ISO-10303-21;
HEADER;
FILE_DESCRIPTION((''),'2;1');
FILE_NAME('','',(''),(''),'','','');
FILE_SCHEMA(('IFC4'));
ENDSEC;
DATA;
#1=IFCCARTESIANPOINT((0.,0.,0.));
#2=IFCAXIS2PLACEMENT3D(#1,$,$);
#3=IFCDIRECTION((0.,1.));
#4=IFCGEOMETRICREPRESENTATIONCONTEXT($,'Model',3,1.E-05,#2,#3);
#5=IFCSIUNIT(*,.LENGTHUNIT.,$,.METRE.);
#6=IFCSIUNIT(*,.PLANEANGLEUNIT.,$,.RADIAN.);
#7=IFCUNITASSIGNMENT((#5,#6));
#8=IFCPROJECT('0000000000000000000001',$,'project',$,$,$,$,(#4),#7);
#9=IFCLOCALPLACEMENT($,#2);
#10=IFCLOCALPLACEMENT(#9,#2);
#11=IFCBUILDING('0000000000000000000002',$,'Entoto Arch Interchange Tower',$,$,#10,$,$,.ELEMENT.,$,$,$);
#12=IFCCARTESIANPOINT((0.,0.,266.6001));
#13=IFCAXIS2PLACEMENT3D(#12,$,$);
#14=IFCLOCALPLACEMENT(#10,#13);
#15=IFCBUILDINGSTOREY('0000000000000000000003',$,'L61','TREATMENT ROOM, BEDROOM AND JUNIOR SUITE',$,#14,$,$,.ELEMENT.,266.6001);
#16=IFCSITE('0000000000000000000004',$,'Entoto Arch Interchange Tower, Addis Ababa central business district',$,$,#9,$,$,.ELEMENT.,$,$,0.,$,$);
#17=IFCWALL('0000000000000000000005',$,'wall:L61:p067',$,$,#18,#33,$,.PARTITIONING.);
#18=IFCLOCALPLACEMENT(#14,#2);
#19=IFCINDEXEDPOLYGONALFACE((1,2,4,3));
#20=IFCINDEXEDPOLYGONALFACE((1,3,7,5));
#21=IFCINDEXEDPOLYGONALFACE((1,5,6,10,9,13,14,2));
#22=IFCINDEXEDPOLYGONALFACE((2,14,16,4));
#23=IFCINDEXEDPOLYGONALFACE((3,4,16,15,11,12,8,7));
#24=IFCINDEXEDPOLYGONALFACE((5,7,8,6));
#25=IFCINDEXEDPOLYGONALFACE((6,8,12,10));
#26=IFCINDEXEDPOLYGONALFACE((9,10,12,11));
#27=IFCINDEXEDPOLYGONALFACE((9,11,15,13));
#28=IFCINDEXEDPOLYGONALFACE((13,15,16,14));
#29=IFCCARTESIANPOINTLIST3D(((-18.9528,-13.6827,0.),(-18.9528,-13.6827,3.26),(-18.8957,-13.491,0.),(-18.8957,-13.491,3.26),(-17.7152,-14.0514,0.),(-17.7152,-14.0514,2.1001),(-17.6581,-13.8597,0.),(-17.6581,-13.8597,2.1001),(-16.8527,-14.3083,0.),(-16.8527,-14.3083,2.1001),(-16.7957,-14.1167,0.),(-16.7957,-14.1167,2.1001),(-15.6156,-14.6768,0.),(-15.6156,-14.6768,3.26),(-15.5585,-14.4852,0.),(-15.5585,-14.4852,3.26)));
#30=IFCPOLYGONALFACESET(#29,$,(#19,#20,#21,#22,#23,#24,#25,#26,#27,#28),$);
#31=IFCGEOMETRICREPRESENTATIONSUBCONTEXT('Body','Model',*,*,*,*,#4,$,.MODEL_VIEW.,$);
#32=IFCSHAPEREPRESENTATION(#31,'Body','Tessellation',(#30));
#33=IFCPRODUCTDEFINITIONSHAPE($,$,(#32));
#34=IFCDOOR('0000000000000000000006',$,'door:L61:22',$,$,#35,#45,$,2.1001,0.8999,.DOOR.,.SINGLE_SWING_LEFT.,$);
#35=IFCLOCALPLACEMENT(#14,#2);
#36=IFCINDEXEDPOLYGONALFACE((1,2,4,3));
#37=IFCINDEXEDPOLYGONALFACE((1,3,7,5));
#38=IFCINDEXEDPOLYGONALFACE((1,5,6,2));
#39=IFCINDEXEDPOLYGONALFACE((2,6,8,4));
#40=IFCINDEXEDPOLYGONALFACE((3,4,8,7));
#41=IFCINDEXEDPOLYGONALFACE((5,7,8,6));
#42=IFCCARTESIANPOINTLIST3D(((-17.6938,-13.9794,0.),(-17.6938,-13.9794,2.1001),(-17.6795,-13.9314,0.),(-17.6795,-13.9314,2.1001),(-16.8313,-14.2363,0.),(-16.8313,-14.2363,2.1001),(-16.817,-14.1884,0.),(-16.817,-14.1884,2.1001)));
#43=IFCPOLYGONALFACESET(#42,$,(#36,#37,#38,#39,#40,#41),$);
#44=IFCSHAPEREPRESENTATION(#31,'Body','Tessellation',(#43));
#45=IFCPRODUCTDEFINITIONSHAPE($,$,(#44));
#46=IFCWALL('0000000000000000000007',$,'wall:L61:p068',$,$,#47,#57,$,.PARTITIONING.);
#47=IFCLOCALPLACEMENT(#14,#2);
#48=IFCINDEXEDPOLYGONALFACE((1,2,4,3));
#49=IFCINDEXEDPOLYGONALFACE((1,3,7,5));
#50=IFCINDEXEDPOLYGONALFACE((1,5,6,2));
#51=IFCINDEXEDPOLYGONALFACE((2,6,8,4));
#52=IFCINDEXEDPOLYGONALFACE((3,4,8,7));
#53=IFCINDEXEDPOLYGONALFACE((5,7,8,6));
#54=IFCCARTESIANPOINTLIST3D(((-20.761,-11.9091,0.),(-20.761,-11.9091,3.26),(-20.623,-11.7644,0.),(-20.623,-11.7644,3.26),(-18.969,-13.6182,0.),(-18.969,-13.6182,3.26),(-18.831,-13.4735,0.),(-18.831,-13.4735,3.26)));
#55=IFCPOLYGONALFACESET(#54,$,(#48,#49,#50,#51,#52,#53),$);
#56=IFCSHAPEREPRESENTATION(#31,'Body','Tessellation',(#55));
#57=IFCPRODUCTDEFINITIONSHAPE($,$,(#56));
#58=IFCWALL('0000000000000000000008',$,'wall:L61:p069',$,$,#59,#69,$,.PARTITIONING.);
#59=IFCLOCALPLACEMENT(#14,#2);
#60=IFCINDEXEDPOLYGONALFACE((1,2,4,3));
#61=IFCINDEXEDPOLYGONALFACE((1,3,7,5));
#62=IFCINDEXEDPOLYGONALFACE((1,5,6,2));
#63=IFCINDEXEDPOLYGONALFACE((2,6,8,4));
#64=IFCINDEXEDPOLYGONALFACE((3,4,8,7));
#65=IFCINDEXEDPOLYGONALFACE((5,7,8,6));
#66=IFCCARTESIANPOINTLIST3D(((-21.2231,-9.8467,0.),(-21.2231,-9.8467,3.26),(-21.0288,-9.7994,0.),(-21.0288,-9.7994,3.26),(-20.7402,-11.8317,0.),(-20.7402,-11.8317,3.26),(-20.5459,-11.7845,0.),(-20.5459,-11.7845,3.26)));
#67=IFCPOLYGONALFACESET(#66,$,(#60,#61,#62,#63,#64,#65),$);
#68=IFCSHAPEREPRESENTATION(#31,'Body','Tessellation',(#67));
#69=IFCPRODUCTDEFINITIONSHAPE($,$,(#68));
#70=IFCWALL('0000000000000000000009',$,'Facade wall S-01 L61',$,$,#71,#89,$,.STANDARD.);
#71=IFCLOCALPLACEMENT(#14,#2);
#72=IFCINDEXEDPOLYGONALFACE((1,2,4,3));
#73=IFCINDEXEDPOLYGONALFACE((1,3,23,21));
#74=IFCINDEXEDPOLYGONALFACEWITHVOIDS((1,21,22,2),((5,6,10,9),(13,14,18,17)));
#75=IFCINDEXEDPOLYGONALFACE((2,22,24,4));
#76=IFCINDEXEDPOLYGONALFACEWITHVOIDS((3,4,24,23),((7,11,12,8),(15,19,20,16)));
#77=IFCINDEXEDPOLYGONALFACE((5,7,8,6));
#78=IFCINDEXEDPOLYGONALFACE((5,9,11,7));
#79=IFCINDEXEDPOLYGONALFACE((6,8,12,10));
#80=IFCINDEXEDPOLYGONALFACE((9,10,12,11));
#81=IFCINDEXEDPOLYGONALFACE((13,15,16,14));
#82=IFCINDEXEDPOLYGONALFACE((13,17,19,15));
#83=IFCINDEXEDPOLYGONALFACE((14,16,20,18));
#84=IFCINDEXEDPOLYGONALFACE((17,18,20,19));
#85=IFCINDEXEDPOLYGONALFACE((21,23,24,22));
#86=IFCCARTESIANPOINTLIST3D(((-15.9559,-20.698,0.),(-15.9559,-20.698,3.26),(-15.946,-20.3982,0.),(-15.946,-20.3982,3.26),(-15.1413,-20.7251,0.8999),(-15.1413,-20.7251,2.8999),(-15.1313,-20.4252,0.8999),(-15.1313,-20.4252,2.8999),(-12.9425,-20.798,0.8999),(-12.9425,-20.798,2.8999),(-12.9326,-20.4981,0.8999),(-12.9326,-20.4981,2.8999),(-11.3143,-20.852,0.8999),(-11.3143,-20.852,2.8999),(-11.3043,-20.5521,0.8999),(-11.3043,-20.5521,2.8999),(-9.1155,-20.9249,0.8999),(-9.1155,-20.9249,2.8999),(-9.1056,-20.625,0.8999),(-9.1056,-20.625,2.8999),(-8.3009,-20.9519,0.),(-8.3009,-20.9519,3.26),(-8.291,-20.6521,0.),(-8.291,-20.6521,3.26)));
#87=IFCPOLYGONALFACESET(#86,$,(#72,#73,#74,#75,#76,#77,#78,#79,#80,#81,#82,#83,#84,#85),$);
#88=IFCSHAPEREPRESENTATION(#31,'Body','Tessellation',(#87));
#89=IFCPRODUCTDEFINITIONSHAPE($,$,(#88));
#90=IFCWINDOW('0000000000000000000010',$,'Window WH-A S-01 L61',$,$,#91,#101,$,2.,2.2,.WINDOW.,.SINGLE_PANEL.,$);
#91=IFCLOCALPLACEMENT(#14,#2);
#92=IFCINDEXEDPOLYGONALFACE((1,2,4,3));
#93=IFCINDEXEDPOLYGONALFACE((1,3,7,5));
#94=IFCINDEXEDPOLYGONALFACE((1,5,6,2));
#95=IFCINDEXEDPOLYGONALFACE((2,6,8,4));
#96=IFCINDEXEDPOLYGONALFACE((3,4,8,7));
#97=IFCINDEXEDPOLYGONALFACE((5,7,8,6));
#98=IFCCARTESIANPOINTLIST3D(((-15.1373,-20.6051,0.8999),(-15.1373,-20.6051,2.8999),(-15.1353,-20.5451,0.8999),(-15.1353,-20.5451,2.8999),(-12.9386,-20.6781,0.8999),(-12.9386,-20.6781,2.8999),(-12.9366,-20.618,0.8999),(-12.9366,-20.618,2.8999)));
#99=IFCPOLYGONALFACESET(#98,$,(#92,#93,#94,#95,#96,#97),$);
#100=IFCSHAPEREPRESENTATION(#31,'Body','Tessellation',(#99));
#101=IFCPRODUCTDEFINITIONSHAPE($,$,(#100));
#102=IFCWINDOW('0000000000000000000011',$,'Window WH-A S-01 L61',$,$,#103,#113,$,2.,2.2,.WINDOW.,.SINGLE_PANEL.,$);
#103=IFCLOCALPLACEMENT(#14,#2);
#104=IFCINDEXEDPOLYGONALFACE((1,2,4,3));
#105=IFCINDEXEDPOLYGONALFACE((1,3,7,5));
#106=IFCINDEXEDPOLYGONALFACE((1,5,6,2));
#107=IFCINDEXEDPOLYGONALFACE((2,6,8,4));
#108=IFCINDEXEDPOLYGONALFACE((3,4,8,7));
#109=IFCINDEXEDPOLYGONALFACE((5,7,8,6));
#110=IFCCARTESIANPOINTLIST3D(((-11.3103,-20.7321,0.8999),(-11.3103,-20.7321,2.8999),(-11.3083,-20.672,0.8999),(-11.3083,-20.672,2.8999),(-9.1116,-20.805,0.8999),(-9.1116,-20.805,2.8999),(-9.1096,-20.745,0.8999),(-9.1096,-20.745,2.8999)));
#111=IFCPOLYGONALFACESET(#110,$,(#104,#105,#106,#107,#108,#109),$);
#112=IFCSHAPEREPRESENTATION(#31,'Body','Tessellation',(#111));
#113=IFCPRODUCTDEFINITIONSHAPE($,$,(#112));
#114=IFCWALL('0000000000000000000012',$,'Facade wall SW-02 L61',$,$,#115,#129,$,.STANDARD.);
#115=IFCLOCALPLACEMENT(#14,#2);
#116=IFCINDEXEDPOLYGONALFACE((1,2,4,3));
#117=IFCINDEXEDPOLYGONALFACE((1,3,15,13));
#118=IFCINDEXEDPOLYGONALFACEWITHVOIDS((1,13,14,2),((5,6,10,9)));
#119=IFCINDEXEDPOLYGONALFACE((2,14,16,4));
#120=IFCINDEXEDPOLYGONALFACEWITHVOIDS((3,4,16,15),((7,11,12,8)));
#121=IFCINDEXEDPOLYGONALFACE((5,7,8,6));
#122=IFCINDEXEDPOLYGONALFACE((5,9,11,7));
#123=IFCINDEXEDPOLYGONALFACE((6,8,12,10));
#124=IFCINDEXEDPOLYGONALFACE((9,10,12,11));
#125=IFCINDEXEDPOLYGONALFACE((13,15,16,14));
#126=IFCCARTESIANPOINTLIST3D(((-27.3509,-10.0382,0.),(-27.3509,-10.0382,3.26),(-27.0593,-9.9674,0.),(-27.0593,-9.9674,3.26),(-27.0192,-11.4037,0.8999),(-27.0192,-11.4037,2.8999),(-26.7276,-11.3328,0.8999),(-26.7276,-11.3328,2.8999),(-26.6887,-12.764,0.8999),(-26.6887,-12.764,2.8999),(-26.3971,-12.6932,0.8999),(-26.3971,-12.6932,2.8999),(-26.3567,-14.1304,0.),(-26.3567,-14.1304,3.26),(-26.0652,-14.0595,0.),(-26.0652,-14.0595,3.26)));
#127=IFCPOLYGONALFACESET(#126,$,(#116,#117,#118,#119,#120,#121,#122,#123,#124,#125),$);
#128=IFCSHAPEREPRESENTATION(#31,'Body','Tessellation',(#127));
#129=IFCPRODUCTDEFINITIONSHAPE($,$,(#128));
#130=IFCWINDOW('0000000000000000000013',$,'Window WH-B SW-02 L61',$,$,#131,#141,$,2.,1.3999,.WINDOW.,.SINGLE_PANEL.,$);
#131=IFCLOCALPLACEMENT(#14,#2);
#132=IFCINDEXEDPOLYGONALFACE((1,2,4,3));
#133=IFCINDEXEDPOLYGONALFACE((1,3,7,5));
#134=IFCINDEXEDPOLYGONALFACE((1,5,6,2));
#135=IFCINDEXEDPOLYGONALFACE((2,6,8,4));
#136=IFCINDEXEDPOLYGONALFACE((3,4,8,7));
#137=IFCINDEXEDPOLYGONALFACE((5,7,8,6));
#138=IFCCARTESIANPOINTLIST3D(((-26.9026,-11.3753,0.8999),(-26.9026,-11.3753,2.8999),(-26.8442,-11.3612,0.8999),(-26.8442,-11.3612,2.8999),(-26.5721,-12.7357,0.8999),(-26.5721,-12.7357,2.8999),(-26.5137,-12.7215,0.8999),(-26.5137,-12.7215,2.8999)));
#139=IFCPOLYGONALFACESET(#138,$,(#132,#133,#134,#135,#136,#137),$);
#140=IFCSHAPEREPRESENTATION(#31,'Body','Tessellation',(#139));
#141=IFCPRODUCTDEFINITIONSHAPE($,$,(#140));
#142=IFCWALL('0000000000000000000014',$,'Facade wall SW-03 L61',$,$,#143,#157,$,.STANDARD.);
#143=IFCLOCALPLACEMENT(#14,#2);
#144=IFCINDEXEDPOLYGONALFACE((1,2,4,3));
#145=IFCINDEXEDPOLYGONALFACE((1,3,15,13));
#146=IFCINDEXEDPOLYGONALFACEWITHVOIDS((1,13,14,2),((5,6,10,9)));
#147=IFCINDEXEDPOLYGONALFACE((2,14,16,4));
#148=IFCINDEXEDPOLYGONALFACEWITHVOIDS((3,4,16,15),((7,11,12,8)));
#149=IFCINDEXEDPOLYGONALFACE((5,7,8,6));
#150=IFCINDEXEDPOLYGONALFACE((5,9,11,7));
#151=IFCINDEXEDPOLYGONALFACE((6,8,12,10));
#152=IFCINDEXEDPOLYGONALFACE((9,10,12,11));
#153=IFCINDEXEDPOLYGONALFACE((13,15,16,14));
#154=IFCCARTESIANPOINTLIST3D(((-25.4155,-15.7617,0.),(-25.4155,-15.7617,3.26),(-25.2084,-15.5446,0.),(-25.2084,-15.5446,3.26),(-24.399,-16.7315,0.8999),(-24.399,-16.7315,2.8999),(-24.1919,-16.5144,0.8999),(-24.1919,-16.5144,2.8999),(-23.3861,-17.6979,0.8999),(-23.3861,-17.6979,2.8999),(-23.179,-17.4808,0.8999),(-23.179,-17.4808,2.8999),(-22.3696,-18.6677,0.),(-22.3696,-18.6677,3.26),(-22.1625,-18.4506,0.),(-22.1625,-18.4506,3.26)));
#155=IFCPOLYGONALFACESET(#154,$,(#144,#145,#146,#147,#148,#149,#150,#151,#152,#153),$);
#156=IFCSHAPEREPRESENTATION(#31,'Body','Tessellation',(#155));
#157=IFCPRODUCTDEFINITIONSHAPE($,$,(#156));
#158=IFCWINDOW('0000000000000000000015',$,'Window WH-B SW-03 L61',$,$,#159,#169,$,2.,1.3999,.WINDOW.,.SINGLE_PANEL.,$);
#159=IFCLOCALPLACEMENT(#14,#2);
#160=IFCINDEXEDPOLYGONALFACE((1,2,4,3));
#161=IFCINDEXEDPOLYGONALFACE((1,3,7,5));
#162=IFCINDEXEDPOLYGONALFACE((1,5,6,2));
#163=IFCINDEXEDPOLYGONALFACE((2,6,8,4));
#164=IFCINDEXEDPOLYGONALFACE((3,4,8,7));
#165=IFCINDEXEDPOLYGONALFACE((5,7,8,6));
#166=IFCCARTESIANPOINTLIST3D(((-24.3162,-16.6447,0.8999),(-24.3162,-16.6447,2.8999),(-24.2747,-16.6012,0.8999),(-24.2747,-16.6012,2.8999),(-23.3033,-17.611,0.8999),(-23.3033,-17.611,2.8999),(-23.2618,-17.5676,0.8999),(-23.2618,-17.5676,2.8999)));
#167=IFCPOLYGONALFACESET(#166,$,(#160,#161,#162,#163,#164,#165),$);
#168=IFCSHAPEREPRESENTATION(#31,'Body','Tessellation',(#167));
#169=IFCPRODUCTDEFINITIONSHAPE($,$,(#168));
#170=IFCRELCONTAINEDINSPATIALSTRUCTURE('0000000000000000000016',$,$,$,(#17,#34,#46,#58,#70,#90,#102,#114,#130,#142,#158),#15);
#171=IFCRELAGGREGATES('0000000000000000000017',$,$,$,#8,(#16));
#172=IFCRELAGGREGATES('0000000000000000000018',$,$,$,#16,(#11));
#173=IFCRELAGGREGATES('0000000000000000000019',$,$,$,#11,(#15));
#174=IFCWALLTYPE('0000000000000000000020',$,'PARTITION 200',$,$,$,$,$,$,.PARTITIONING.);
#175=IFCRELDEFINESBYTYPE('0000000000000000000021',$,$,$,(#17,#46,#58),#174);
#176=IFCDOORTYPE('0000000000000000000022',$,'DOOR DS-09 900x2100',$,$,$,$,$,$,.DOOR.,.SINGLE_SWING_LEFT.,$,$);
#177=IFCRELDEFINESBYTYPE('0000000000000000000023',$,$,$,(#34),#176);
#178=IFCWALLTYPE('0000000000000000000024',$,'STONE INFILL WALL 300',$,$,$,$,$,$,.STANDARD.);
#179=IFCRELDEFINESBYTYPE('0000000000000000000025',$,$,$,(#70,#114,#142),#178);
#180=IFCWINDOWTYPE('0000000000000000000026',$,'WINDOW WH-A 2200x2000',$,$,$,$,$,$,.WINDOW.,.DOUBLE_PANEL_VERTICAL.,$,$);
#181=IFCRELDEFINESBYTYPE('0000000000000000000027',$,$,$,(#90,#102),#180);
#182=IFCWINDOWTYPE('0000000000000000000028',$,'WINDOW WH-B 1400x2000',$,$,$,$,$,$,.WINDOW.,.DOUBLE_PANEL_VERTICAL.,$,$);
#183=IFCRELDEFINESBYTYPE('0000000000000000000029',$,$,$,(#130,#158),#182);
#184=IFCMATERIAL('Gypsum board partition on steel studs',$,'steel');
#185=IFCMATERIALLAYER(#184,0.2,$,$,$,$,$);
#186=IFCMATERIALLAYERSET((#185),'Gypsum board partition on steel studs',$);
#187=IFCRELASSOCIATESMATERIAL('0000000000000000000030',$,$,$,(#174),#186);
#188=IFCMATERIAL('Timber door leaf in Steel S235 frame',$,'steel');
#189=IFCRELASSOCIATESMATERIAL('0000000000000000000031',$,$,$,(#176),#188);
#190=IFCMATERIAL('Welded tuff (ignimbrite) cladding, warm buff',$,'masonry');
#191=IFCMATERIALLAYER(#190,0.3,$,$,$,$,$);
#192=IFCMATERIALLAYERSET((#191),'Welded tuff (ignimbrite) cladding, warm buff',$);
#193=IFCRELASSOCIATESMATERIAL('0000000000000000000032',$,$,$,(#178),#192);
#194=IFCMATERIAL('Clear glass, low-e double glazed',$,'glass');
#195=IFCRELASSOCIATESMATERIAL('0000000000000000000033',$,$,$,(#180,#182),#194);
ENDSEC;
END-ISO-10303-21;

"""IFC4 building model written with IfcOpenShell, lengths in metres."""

from ifc_helpers import new_model, si_unit, direction, frame, frame_2d, origin, place, context, subcontext, project, spatial, rectangle, extrude, material, layer, layer_set, type_object, element, fill, save


model = new_model("IFC4")

# Units and contexts
model_context = context("Model", 3, precision=1e-05, world=origin(), true_north=direction((0.0, 1.0)))
body_context = subcontext(model_context, "Body", "Model", "MODEL_VIEW")
ifc_project = project(units=[si_unit("LENGTHUNIT", "METRE"), si_unit("PLANEANGLEUNIT", "RADIAN")], contexts=[model_context])

# Site, building, storey
site_placement = place(None, origin())
site = spatial("IfcSite", under=ifc_project, at=site_placement, Name="Entoto Arch Interchange Tower, Addis Ababa central business district", CompositionType="ELEMENT", RefElevation=0.0)
building_placement = place(site_placement, origin())
building = spatial("IfcBuilding", under=site, at=building_placement, Name="Entoto Arch Interchange Tower", CompositionType="ELEMENT")
storey_placement = place(building_placement, frame((0.0, 0.0, 266.6001)))
storey = spatial("IfcBuildingStorey", under=building, at=storey_placement, Name="L61", Description="TREATMENT ROOM, BEDROOM AND JUNIOR SUITE", CompositionType="ELEMENT", Elevation=266.6001)

# Shared definitions
ifc_material_1 = material(Name="Gypsum board partition on steel studs", Category="steel")
ifc_layer_1 = layer(ifc_material_1, 0.2)
ifc_layer_set_1 = layer_set([ifc_layer_1], Name="Gypsum board partition on steel studs")
wall_type_1 = type_object("IfcWallType", Name="PARTITION 200", PredefinedType="PARTITIONING", material=ifc_layer_set_1)

# Shared definitions
ifc_material_2 = material(Name="Timber door leaf in Steel S235 frame", Category="steel")

# Wall, opening, door
wall_1_placement = place(storey_placement, frame((-15.5869, -14.5811, 0.0), z_axis=(0.0, 0.0, 1.0), x_axis=(-0.958378, 0.285501, 0.0)))
wall_1 = element("IfcWall", 1, at=wall_1_placement, inside=storey, type_object=wall_type_1, Name="wall:L61:p067", PredefinedType="PARTITIONING", context=body_context, shape_type="SweptSolid", body=[
    extrude(rectangle(XDim=3.4822, YDim=0.2, at=frame_2d((1.7412, 0.0))), origin(), (0.0, 0.0, 1.0), 3.26),
])
opening_1_placement = place(wall_1_placement, frame((1.291, 0.0, 0.0)))
opening_1 = element("IfcOpeningElement", 2, at=opening_1_placement, cuts=wall_1, PredefinedType="OPENING", context=body_context, shape_type="SweptSolid", body=[
    extrude(rectangle(XDim=0.8999, YDim=2.1001, at=frame_2d((0.45, 1.05))), frame((0.0, 0.1099, 0.0), z_axis=(0.0, -1.0, 0.0), x_axis=(1.0, 0.0, 0.0)), (0.0, 0.0, 1.0), 0.22),
])
door_type_1 = type_object("IfcDoorType", Name="DOOR DS-09 900x2100", OperationType="SINGLE_SWING_LEFT", PredefinedType="DOOR", material=ifc_material_2)
door_1_placement = place(opening_1_placement, origin())
door_1 = element("IfcDoor", 3, at=door_1_placement, inside=storey, type_object=door_type_1, Name="door:L61:22", OperationType="SINGLE_SWING_LEFT", OverallHeight=2.1001, OverallWidth=0.8999, PredefinedType="DOOR", context=body_context, shape_type="SweptSolid", body=[
    extrude(rectangle(XDim=0.8999, YDim=2.1001, at=frame_2d((0.45, 1.05))), frame((0.0, 0.0249, 0.0), z_axis=(0.0, -1.0, 0.0), x_axis=(1.0, 0.0, 0.0)), (0.0, 0.0, 1.0), 0.05),
])
fill(opening_1, door_1)

# Walls
wall_2_placement = place(storey_placement, frame((-18.8999, -13.5459, 0.0), z_axis=(0.0, 0.0, 1.0), x_axis=(-0.723669, 0.690147, 0.0)))
element("IfcWall", 4, at=wall_2_placement, inside=storey, type_object=wall_type_1, Name="wall:L61:p068", PredefinedType="PARTITIONING", context=body_context, shape_type="SweptSolid", body=[
    extrude(rectangle(XDim=2.4763, YDim=0.2, at=frame_2d((1.2383, 0.0))), origin(), (0.0, 0.0, 1.0), 3.26),
])
wall_3_placement = place(storey_placement, frame((-20.6431, -11.8081, 0.0), z_axis=(0.0, 0.0, 1.0), x_axis=(-0.236373, 0.971662, 0.0)))
element("IfcWall", 5, at=wall_3_placement, inside=storey, type_object=wall_type_1, Name="wall:L61:p069", PredefinedType="PARTITIONING", context=body_context, shape_type="SweptSolid", body=[
    extrude(rectangle(XDim=2.043, YDim=0.2, at=frame_2d((1.0215, 0.0))), origin(), (0.0, 0.0, 1.0), 3.26),
])

# Wall, openings, windows
ifc_material_3 = material(Name="Welded tuff (ignimbrite) cladding, warm buff", Category="masonry")
ifc_layer_2 = layer(ifc_material_3, 0.3)
ifc_layer_set_2 = layer_set([ifc_layer_2], Name="Welded tuff (ignimbrite) cladding, warm buff")
wall_type_2 = type_object("IfcWallType", Name="STONE INFILL WALL 300", PredefinedType="STANDARD", material=ifc_layer_set_2)
wall_4_placement = place(storey_placement, frame((-15.9509, -20.5481, 0.0), z_axis=(0.0, 0.0, 1.0), x_axis=(0.99945, -0.03315, 0.0)))
wall_4 = element("IfcWall", 6, at=wall_4_placement, inside=storey, type_object=wall_type_2, Name="Facade wall S-01 L61", PredefinedType="STANDARD", context=body_context, shape_type="SweptSolid", body=[
    extrude(rectangle(XDim=7.6592, YDim=0.3, at=frame_2d((3.8296, 0.0))), origin(), (0.0, 0.0, 1.0), 3.26),
])
opening_2_placement = place(wall_4_placement, frame((0.8149, 0.0, 0.8999)))
opening_2 = element("IfcOpeningElement", 7, at=opening_2_placement, cuts=wall_4, PredefinedType="OPENING", context=body_context, shape_type="SweptSolid", body=[
    extrude(rectangle(XDim=2.2, YDim=2.0, at=frame_2d((1.1001, 1.0))), frame((0.0, 0.1602, 0.0), z_axis=(0.0, -1.0, 0.0), x_axis=(1.0, 0.0, 0.0)), (0.0, 0.0, 1.0), 0.3201),
])
opening_3_placement = place(wall_4_placement, frame((4.644, 0.0, 0.8999)))
opening_3 = element("IfcOpeningElement", 8, at=opening_3_placement, cuts=wall_4, PredefinedType="OPENING", context=body_context, shape_type="SweptSolid", body=[
    extrude(rectangle(XDim=2.2, YDim=2.0, at=frame_2d((1.1001, 1.0))), frame((0.0, 0.1602, 0.0), z_axis=(0.0, -1.0, 0.0), x_axis=(1.0, 0.0, 0.0)), (0.0, 0.0, 1.0), 0.3201),
])
ifc_material_4 = material(Name="Clear glass, low-e double glazed", Category="glass")
window_type_1 = type_object("IfcWindowType", Name="WINDOW WH-A 2200x2000", PartitioningType="DOUBLE_PANEL_VERTICAL", PredefinedType="WINDOW", material=ifc_material_4)
window_1_placement = place(opening_2_placement, origin())
window_1 = element("IfcWindow", 9, at=window_1_placement, inside=storey, type_object=window_type_1, Name="Window WH-A S-01 L61", OverallHeight=2.0, OverallWidth=2.2, PartitioningType="SINGLE_PANEL", PredefinedType="WINDOW", context=body_context, shape_type="SweptSolid", body=[
    extrude(rectangle(XDim=2.2, YDim=2.0, at=frame_2d((1.1001, 1.0))), frame((0.0, 0.03, 0.0), z_axis=(0.0, -1.0, 0.0), x_axis=(1.0, 0.0, 0.0)), (0.0, 0.0, 1.0), 0.0601),
])
fill(opening_2, window_1)
window_2_placement = place(opening_3_placement, origin())
window_2 = element("IfcWindow", 10, at=window_2_placement, inside=storey, type_object=window_type_1, Name="Window WH-A S-01 L61", OverallHeight=2.0, OverallWidth=2.2, PartitioningType="SINGLE_PANEL", PredefinedType="WINDOW", context=body_context, shape_type="SweptSolid", body=[
    extrude(rectangle(XDim=2.2, YDim=2.0, at=frame_2d((1.1001, 1.0))), frame((0.0, 0.03, 0.0), z_axis=(0.0, -1.0, 0.0), x_axis=(1.0, 0.0, 0.0)), (0.0, 0.0, 1.0), 0.0601),
])
fill(opening_3, window_2)

# Walls, openings, windows
wall_5_placement = place(storey_placement, frame((-27.2051, -10.0029, 0.0), z_axis=(0.0, 0.0, 1.0), x_axis=(0.236078, -0.971734, 0.0)))
wall_5 = element("IfcWall", 11, at=wall_5_placement, inside=storey, type_object=wall_type_2, Name="Facade wall SW-02 L61", PredefinedType="STANDARD", context=body_context, shape_type="SweptSolid", body=[
    extrude(rectangle(XDim=4.2112, YDim=0.3, at=frame_2d((2.1055, 0.0))), origin(), (0.0, 0.0, 1.0), 3.26),
])
opening_4_placement = place(wall_5_placement, frame((1.405, 0.0, 0.8999)))
opening_4 = element("IfcOpeningElement", 12, at=opening_4_placement, cuts=wall_5, PredefinedType="OPENING", context=body_context, shape_type="SweptSolid", body=[
    extrude(rectangle(XDim=1.3999, YDim=2.0, at=frame_2d((0.7, 1.0))), frame((0.0, 0.1602, 0.0), z_axis=(0.0, -1.0, 0.0), x_axis=(1.0, 0.0, 0.0)), (0.0, 0.0, 1.0), 0.3201),
])
window_type_2 = type_object("IfcWindowType", Name="WINDOW WH-B 1400x2000", PartitioningType="DOUBLE_PANEL_VERTICAL", PredefinedType="WINDOW", material=ifc_material_4)
window_3_placement = place(opening_4_placement, origin())
window_3 = element("IfcWindow", 13, at=window_3_placement, inside=storey, type_object=window_type_2, Name="Window WH-B SW-02 L61", OverallHeight=2.0, OverallWidth=1.3999, PartitioningType="SINGLE_PANEL", PredefinedType="WINDOW", context=body_context, shape_type="SweptSolid", body=[
    extrude(rectangle(XDim=1.3999, YDim=2.0, at=frame_2d((0.7, 1.0))), frame((0.0, 0.03, 0.0), z_axis=(0.0, -1.0, 0.0), x_axis=(1.0, 0.0, 0.0)), (0.0, 0.0, 1.0), 0.0601),
])
fill(opening_4, window_3)
wall_6_placement = place(storey_placement, frame((-25.312, -15.6531, 0.0), z_axis=(0.0, 0.0, 1.0), x_axis=(0.723527, -0.690296, 0.0)))
wall_6 = element("IfcWall", 14, at=wall_6_placement, inside=storey, type_object=wall_type_2, Name="Facade wall SW-03 L61", PredefinedType="STANDARD", context=body_context, shape_type="SweptSolid", body=[
    extrude(rectangle(XDim=4.2097, YDim=0.3, at=frame_2d((2.105, 0.0))), origin(), (0.0, 0.0, 1.0), 3.26),
])
opening_5_placement = place(wall_6_placement, frame((1.405, 0.0, 0.8999)))
opening_5 = element("IfcOpeningElement", 15, at=opening_5_placement, cuts=wall_6, PredefinedType="OPENING", context=body_context, shape_type="SweptSolid", body=[
    extrude(rectangle(XDim=1.3999, YDim=2.0, at=frame_2d((0.7, 1.0))), frame((0.0, 0.1602, 0.0), z_axis=(0.0, -1.0, 0.0), x_axis=(1.0, 0.0, 0.0)), (0.0, 0.0, 1.0), 0.3201),
])
window_4_placement = place(opening_5_placement, origin())
window_4 = element("IfcWindow", 16, at=window_4_placement, inside=storey, type_object=window_type_2, Name="Window WH-B SW-03 L61", OverallHeight=2.0, OverallWidth=1.3999, PartitioningType="SINGLE_PANEL", PredefinedType="WINDOW", context=body_context, shape_type="SweptSolid", body=[
    extrude(rectangle(XDim=1.3999, YDim=2.0, at=frame_2d((0.7, 1.0))), frame((0.0, 0.03, 0.0), z_axis=(0.0, -1.0, 0.0), x_axis=(1.0, 0.0, 0.0)), (0.0, 0.0, 1.0), 0.0601),
])
fill(opening_5, window_4)

save(model, "model.ifc")
